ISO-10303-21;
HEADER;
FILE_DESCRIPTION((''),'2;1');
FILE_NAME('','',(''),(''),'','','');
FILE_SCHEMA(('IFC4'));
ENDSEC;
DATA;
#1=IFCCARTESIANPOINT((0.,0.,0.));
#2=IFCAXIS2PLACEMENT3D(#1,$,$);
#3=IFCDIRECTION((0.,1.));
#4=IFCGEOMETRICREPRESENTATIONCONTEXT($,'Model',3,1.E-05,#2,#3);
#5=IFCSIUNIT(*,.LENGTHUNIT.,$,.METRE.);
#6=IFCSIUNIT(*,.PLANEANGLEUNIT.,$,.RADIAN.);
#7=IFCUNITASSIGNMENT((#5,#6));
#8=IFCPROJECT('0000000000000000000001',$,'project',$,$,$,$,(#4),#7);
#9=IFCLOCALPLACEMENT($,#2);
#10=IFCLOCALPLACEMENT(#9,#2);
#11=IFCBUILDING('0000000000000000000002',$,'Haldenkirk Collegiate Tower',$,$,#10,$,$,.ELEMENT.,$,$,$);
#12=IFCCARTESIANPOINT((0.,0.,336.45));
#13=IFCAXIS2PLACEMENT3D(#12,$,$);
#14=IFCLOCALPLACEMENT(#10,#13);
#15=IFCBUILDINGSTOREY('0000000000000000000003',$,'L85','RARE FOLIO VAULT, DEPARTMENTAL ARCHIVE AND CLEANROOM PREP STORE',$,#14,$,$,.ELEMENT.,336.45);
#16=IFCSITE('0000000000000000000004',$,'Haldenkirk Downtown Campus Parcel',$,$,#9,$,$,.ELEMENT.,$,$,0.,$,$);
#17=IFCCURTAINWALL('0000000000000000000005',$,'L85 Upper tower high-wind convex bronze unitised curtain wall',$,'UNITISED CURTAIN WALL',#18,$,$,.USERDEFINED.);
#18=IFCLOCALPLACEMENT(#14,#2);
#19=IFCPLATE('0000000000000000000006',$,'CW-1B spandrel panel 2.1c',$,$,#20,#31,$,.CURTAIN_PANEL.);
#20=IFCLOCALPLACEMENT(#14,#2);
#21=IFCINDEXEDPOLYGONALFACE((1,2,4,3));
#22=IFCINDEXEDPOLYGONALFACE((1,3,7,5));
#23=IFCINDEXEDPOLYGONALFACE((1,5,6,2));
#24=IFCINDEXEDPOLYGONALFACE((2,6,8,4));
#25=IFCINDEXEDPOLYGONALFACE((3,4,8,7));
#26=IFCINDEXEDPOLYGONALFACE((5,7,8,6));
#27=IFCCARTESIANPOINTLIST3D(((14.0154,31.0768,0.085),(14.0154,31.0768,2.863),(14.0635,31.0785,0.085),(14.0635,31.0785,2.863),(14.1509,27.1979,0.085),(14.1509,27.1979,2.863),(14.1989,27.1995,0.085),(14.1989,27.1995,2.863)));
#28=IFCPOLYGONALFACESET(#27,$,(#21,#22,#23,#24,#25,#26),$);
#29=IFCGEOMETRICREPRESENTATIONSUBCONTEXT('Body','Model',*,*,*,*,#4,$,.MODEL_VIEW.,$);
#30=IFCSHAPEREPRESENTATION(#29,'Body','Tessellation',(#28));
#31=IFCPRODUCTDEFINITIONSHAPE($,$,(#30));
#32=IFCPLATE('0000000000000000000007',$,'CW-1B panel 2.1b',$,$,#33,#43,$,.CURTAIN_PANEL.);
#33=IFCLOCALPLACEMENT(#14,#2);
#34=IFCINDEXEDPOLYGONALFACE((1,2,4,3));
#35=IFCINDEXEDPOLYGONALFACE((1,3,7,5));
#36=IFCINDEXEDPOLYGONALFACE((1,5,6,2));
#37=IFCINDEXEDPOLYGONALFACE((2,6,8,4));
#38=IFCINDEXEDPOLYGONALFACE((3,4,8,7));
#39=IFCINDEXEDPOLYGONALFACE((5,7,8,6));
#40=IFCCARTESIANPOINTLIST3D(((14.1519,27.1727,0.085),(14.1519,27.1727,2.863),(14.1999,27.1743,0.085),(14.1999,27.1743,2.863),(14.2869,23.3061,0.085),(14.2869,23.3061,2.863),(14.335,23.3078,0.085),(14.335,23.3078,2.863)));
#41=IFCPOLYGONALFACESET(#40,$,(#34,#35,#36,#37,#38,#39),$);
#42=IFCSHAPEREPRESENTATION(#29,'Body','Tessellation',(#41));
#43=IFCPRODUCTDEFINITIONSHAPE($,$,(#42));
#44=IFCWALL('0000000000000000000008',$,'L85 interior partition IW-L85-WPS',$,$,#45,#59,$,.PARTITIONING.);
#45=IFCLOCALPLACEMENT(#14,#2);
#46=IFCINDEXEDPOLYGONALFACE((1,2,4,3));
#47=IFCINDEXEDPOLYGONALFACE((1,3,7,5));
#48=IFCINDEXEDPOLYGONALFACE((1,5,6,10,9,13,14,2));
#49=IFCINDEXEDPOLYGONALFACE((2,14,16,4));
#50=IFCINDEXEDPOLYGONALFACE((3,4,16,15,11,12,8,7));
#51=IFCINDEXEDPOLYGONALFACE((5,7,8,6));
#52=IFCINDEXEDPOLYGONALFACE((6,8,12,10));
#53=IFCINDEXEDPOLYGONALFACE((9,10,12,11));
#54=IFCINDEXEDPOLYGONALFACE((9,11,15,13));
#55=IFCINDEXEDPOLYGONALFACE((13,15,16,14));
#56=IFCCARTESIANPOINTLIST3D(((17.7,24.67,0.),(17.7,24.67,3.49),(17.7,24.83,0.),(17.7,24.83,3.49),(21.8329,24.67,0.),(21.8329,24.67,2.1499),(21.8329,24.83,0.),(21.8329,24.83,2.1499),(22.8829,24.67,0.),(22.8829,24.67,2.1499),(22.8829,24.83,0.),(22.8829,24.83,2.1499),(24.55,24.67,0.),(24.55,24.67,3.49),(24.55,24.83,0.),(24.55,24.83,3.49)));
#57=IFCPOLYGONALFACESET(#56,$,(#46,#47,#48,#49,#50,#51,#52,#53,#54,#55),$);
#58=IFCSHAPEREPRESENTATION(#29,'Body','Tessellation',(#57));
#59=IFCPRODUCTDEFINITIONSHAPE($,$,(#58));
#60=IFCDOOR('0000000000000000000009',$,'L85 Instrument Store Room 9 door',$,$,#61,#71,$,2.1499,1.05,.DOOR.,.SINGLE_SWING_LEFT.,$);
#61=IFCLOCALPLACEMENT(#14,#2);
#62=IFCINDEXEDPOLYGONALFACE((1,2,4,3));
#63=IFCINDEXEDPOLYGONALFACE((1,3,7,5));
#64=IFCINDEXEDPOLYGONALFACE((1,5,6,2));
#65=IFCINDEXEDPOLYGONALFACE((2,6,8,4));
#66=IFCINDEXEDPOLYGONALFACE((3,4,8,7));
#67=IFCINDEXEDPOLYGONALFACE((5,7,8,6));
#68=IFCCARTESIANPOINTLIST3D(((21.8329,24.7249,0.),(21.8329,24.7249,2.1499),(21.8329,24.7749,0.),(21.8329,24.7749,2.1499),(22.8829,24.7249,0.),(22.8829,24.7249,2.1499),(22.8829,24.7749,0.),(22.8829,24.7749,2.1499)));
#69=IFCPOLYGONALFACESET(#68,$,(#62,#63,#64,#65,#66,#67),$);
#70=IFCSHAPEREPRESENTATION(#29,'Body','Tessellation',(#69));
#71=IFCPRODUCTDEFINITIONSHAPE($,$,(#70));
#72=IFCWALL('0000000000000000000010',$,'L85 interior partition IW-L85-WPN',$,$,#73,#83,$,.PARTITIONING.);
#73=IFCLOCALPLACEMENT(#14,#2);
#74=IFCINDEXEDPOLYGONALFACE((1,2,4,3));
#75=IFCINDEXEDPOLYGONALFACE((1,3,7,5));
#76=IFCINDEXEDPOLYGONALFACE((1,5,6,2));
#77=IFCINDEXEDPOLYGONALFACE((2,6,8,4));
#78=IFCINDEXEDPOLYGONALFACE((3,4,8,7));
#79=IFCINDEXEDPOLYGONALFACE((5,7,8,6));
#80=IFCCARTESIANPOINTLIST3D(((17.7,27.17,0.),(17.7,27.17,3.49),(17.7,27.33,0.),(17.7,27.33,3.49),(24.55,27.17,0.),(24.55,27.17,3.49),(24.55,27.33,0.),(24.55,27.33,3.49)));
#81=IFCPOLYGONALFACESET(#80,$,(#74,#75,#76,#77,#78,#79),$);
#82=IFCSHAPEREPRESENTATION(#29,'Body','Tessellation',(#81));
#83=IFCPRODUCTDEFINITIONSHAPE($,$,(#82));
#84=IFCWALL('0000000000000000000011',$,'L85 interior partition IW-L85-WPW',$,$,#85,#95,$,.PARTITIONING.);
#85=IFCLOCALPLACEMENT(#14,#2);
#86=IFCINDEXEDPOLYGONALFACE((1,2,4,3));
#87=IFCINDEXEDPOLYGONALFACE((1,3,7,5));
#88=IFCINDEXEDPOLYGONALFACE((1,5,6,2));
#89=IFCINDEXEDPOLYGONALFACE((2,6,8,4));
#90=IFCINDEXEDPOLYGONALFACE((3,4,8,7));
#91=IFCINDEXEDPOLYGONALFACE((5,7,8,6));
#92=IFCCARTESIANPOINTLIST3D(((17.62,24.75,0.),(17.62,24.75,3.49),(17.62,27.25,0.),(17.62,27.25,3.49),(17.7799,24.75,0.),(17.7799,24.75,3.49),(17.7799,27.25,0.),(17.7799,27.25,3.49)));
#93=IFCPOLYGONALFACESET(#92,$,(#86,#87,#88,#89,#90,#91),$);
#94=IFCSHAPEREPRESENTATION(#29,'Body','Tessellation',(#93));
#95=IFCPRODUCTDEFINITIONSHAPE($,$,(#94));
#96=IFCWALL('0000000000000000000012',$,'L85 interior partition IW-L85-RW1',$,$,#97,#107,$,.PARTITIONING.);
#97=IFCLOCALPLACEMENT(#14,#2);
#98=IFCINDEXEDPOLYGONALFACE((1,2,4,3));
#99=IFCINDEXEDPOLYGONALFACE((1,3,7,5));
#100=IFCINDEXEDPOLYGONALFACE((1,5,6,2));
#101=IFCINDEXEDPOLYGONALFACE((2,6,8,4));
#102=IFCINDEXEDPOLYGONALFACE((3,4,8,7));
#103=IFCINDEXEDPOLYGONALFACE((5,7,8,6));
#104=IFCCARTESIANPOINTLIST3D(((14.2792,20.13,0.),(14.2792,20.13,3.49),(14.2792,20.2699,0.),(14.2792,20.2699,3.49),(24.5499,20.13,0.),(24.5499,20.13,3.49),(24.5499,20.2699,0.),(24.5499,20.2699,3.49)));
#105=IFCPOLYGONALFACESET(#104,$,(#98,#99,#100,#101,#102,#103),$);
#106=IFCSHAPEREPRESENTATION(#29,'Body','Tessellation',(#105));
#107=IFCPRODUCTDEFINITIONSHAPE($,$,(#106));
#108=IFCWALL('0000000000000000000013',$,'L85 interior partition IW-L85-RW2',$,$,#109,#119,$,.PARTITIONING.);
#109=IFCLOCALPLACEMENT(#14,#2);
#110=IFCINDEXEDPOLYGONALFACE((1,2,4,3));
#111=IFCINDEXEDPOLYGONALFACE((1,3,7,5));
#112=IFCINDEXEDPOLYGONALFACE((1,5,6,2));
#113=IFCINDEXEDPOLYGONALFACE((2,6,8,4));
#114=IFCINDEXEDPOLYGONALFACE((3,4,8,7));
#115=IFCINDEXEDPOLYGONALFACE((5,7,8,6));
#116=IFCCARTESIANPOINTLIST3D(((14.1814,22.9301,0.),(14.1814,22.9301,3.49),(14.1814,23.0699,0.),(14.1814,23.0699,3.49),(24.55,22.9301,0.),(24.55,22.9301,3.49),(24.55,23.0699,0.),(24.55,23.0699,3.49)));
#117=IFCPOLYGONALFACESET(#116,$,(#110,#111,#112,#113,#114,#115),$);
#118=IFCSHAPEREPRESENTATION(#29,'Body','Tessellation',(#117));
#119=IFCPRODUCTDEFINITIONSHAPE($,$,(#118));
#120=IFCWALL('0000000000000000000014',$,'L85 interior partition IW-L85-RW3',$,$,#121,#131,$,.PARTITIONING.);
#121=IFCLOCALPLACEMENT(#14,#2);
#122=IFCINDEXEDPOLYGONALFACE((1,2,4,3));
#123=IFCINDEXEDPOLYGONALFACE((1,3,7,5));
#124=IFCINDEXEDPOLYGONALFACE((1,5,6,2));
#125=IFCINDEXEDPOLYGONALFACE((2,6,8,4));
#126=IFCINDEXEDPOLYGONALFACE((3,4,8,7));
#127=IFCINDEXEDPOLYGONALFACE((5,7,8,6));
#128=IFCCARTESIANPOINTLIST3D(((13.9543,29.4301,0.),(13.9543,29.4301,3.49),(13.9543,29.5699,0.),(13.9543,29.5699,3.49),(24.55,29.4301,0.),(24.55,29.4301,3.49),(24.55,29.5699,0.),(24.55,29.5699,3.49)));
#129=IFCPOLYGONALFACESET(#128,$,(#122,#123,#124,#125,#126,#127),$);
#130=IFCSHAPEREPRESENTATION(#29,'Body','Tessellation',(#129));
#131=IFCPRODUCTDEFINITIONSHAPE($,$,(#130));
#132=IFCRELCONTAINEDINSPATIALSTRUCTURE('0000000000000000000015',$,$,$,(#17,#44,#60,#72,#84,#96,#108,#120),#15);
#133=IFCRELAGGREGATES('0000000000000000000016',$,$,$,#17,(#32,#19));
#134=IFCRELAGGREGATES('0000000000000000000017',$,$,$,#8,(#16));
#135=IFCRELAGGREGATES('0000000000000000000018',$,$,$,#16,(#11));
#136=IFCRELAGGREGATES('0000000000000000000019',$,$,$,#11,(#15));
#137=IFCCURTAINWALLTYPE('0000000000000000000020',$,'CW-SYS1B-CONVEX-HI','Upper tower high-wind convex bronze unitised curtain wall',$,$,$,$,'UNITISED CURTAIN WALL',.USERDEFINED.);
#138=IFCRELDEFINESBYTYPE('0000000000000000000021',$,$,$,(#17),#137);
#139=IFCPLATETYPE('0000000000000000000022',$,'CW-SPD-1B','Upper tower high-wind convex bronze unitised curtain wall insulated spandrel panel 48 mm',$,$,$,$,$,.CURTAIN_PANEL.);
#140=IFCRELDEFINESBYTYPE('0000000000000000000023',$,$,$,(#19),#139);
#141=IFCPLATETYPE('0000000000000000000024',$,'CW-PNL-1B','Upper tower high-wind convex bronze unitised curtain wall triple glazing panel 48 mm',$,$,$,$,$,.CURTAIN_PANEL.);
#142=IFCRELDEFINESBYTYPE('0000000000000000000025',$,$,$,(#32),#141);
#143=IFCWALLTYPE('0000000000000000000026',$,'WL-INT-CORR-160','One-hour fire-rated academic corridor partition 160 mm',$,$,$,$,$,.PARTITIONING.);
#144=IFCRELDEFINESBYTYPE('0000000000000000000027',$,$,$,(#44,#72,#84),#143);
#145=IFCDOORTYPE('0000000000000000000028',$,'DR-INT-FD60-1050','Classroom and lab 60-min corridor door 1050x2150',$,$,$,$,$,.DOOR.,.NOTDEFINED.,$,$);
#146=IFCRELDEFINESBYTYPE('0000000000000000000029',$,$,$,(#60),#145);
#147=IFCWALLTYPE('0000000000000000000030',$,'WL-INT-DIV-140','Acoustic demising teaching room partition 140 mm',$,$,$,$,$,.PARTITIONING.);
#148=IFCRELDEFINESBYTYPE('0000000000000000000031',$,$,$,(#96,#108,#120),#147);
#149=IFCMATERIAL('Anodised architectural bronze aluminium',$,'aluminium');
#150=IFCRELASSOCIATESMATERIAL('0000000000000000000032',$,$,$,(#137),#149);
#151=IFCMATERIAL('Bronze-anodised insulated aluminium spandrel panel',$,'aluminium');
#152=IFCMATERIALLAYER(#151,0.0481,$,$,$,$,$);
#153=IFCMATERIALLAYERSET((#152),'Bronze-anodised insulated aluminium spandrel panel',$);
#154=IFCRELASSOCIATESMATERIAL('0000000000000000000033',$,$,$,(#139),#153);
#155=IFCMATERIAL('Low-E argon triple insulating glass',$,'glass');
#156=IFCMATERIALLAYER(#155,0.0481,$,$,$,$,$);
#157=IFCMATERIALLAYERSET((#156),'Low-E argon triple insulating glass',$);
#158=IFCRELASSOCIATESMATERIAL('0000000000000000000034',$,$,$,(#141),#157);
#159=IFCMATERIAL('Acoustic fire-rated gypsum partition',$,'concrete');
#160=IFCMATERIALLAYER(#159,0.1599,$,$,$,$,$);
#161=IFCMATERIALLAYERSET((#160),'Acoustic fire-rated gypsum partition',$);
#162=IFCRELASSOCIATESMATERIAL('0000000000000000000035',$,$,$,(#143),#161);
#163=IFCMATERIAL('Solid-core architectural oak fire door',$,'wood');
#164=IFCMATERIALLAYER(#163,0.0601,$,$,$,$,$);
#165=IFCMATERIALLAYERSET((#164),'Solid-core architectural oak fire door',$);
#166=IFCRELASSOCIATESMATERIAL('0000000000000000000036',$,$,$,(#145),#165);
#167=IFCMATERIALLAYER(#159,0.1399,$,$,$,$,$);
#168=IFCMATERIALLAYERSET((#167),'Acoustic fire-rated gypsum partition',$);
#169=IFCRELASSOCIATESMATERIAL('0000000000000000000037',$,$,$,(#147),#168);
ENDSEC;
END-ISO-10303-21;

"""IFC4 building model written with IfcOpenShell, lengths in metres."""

from ifc_helpers import new_model, si_unit, direction, frame, frame_2d, origin, origin_2d, place, context, subcontext, project, spatial, rectangle, extrude, source, transform, mapped, material, layer, layer_set, type_object, element, fill, aggregate, save


model = new_model("IFC4")

# Units and contexts
model_context = context("Model", 3, precision=1e-05, world=origin(), true_north=direction((0.0, 1.0)))
body_context = subcontext(model_context, "Body", "Model", "MODEL_VIEW")
ifc_project = project(units=[si_unit("LENGTHUNIT", "METRE"), si_unit("PLANEANGLEUNIT", "RADIAN")], contexts=[model_context])

# Site, building, storey
site_placement = place(None, origin())
site = spatial("IfcSite", under=ifc_project, at=site_placement, Name="Haldenkirk Downtown Campus Parcel", CompositionType="ELEMENT", RefElevation=0.0)
building_placement = place(site_placement, origin())
building = spatial("IfcBuilding", under=site, at=building_placement, Name="Haldenkirk Collegiate Tower", CompositionType="ELEMENT")
storey_placement = place(building_placement, frame((0.0, 0.0, 336.45)))
storey = spatial("IfcBuildingStorey", under=building, at=storey_placement, Name="L85", Description="RARE FOLIO VAULT, DEPARTMENTAL ARCHIVE AND CLEANROOM PREP STORE", CompositionType="ELEMENT", Elevation=336.45)

# Curtain wall, plates
ifc_material_1 = material(Name="Anodised architectural bronze aluminium", Category="aluminium")
curtain_wall_type = type_object("IfcCurtainWallType", Name="CW-SYS1B-CONVEX-HI", Description="Upper tower high-wind convex bronze unitised curtain wall", ElementType="UNITISED CURTAIN WALL", PredefinedType="USERDEFINED", material=ifc_material_1)
curtain_wall_placement = place(storey_placement, origin())
curtain_wall = element("IfcCurtainWall", 1, at=curtain_wall_placement, inside=storey, type_object=curtain_wall_type, Name="L85 Upper tower high-wind convex bronze unitised curtain wall", ObjectType="UNITISED CURTAIN WALL", PredefinedType="USERDEFINED")
ifc_material_2 = material(Name="Bronze-anodised insulated aluminium spandrel panel", Category="aluminium")
ifc_layer_1 = layer(ifc_material_2, 0.0481)
ifc_layer_set_1 = layer_set([ifc_layer_1], Name="Bronze-anodised insulated aluminium spandrel panel")
plate_type_1 = type_object("IfcPlateType", Name="CW-SPD-1B", Description="Upper tower high-wind convex bronze unitised curtain wall insulated spandrel panel 48 mm", PredefinedType="CURTAIN_PANEL", material=ifc_layer_set_1)
shared_shape_1 = source(origin(), body_context, "Body", "SweptSolid", [
    extrude(rectangle(XDim=3.8813, YDim=0.0481, at=origin_2d()), origin(), (0.0, 0.0, 1.0), 2.7781),
])
plate_1_placement = place(storey_placement, frame((14.1072, 29.1382, 0.085), z_axis=(0.0, 0.0, 1.0), x_axis=(-0.034901, 0.999391, 0.0)))
plate_1 = element("IfcPlate", 2, at=plate_1_placement, type_object=plate_type_1, Name="CW-1B spandrel panel 2.1c", PredefinedType="CURTAIN_PANEL", context=body_context, shape_type="MappedRepresentation", body=[
    mapped(shared_shape_1, transform((0.0, 0.0, 0.0), x_axis=(1.0, 0.0, 0.0), y_axis=(0.0, 1.0, 0.0), z_axis=(0.0, 0.0, 1.0), scale=1.0)),
])
ifc_material_3 = material(Name="Low-E argon triple insulating glass", Category="glass")
ifc_layer_2 = layer(ifc_material_3, 0.0481)
ifc_layer_set_2 = layer_set([ifc_layer_2], Name="Low-E argon triple insulating glass")
plate_type_2 = type_object("IfcPlateType", Name="CW-PNL-1B", Description="Upper tower high-wind convex bronze unitised curtain wall triple glazing panel 48 mm", PredefinedType="CURTAIN_PANEL", material=ifc_layer_set_2)
shared_shape_2 = source(origin(), body_context, "Body", "SweptSolid", [
    extrude(rectangle(XDim=3.8689, YDim=0.0481, at=origin_2d()), origin(), (0.0, 0.0, 1.0), 2.7781),
])
plate_2_placement = place(storey_placement, frame((14.2434, 25.2402, 0.085), z_axis=(0.0, 0.0, 1.0), x_axis=(-0.034901, 0.999391, 0.0)))
plate_2 = element("IfcPlate", 3, at=plate_2_placement, type_object=plate_type_2, Name="CW-1B panel 2.1b", PredefinedType="CURTAIN_PANEL", context=body_context, shape_type="MappedRepresentation", body=[
    mapped(shared_shape_2, transform((0.0, 0.0, 0.0), x_axis=(1.0, 0.0, 0.0), y_axis=(0.0, 1.0, 0.0), z_axis=(0.0, 0.0, 1.0), scale=1.0)),
])
aggregate(curtain_wall, [plate_2, plate_1])

# Wall, opening, door
ifc_material_4 = material(Name="Acoustic fire-rated gypsum partition", Category="concrete")
ifc_layer_3 = layer(ifc_material_4, 0.1599)
ifc_layer_set_3 = layer_set([ifc_layer_3], Name="Acoustic fire-rated gypsum partition")
wall_type_1 = type_object("IfcWallType", Name="WL-INT-CORR-160", Description="One-hour fire-rated academic corridor partition 160 mm", PredefinedType="PARTITIONING", material=ifc_layer_set_3)
wall_1_placement = place(storey_placement, frame((17.7, 24.75, 0.0), z_axis=(0.0, 0.0, 1.0), x_axis=(1.0, 0.0, 0.0)))
wall_1 = element("IfcWall", 4, at=wall_1_placement, inside=storey, type_object=wall_type_1, Name="L85 interior partition IW-L85-WPS", PredefinedType="PARTITIONING", context=body_context, shape_type="SweptSolid", body=[
    extrude(rectangle(XDim=6.8501, YDim=0.1599, at=frame_2d((3.425, 0.0))), origin(), (0.0, 0.0, 1.0), 3.49),
])
opening_placement = place(wall_1_placement, frame((4.1331, 0.0, 0.0)))
opening = element("IfcOpeningElement", 5, at=opening_placement, cuts=wall_1, PredefinedType="OPENING", context=body_context, shape_type="SweptSolid", body=[
    extrude(rectangle(XDim=1.05, YDim=2.1499, at=frame_2d((0.5249, 1.075))), frame((0.0, 0.0898, 0.0), z_axis=(0.0, -1.0, 0.0), x_axis=(1.0, 0.0, 0.0)), (0.0, 0.0, 1.0), 0.1799),
])
ifc_material_5 = material(Name="Solid-core architectural oak fire door", Category="wood")
ifc_layer_4 = layer(ifc_material_5, 0.0601)
ifc_layer_set_4 = layer_set([ifc_layer_4], Name="Solid-core architectural oak fire door")
door_type = type_object("IfcDoorType", Name="DR-INT-FD60-1050", Description="Classroom and lab 60-min corridor door 1050x2150", OperationType="NOTDEFINED", PredefinedType="DOOR", material=ifc_layer_set_4)
door_placement = place(opening_placement, origin())
door = element("IfcDoor", 6, at=door_placement, inside=storey, type_object=door_type, Name="L85 Instrument Store Room 9 door", OperationType="SINGLE_SWING_LEFT", OverallHeight=2.1499, OverallWidth=1.05, PredefinedType="DOOR", context=body_context, shape_type="SweptSolid", body=[
    extrude(rectangle(XDim=1.05, YDim=2.1499, at=frame_2d((0.5249, 1.075))), frame((0.0, 0.0249, 0.0), z_axis=(0.0, -1.0, 0.0), x_axis=(1.0, 0.0, 0.0)), (0.0, 0.0, 1.0), 0.05),
])
fill(opening, door)

# Walls
wall_2_placement = place(storey_placement, frame((17.7, 27.25, 0.0), z_axis=(0.0, 0.0, 1.0), x_axis=(1.0, 0.0, 0.0)))
element("IfcWall", 7, at=wall_2_placement, inside=storey, type_object=wall_type_1, Name="L85 interior partition IW-L85-WPN", PredefinedType="PARTITIONING", context=body_context, shape_type="SweptSolid", body=[
    extrude(rectangle(XDim=6.8501, YDim=0.1599, at=frame_2d((3.425, 0.0))), origin(), (0.0, 0.0, 1.0), 3.49),
])
wall_3_placement = place(storey_placement, frame((17.7, 24.75, 0.0), z_axis=(0.0, 0.0, 1.0), x_axis=(0.0, 1.0, 0.0)))
element("IfcWall", 8, at=wall_3_placement, inside=storey, type_object=wall_type_1, Name="L85 interior partition IW-L85-WPW", PredefinedType="PARTITIONING", context=body_context, shape_type="SweptSolid", body=[
    extrude(rectangle(XDim=2.5, YDim=0.1599, at=frame_2d((1.25, 0.0))), origin(), (0.0, 0.0, 1.0), 3.49),
])
ifc_layer_5 = layer(ifc_material_4, 0.1399)
ifc_layer_set_5 = layer_set([ifc_layer_5], Name="Acoustic fire-rated gypsum partition")
wall_type_2 = type_object("IfcWallType", Name="WL-INT-DIV-140", Description="Acoustic demising teaching room partition 140 mm", PredefinedType="PARTITIONING", material=ifc_layer_set_5)
wall_4_placement = place(storey_placement, frame((14.2793, 20.2, 0.0), z_axis=(0.0, 0.0, 1.0), x_axis=(1.0, 0.0, 0.0)))
element("IfcWall", 9, at=wall_4_placement, inside=storey, type_object=wall_type_2, Name="L85 interior partition IW-L85-RW1", PredefinedType="PARTITIONING", context=body_context, shape_type="SweptSolid", body=[
    extrude(rectangle(XDim=10.2708, YDim=0.1399, at=frame_2d((5.1353, 0.0))), origin(), (0.0, 0.0, 1.0), 3.49),
])
wall_5_placement = place(storey_placement, frame((14.1814, 23.0, 0.0), z_axis=(0.0, 0.0, 1.0), x_axis=(1.0, 0.0, 0.0)))
element("IfcWall", 10, at=wall_5_placement, inside=storey, type_object=wall_type_2, Name="L85 interior partition IW-L85-RW2", PredefinedType="PARTITIONING", context=body_context, shape_type="SweptSolid", body=[
    extrude(rectangle(XDim=10.3687, YDim=0.1399, at=frame_2d((5.1843, 0.0))), origin(), (0.0, 0.0, 1.0), 3.49),
])
wall_6_placement = place(storey_placement, frame((13.9543, 29.5, 0.0), z_axis=(0.0, 0.0, 1.0), x_axis=(1.0, 0.0, 0.0)))
element("IfcWall", 11, at=wall_6_placement, inside=storey, type_object=wall_type_2, Name="L85 interior partition IW-L85-RW3", PredefinedType="PARTITIONING", context=body_context, shape_type="SweptSolid", body=[
    extrude(rectangle(XDim=10.5957, YDim=0.1399, at=frame_2d((5.2979, 0.0))), origin(), (0.0, 0.0, 1.0), 3.49),
])

save(model, "model.ifc")
